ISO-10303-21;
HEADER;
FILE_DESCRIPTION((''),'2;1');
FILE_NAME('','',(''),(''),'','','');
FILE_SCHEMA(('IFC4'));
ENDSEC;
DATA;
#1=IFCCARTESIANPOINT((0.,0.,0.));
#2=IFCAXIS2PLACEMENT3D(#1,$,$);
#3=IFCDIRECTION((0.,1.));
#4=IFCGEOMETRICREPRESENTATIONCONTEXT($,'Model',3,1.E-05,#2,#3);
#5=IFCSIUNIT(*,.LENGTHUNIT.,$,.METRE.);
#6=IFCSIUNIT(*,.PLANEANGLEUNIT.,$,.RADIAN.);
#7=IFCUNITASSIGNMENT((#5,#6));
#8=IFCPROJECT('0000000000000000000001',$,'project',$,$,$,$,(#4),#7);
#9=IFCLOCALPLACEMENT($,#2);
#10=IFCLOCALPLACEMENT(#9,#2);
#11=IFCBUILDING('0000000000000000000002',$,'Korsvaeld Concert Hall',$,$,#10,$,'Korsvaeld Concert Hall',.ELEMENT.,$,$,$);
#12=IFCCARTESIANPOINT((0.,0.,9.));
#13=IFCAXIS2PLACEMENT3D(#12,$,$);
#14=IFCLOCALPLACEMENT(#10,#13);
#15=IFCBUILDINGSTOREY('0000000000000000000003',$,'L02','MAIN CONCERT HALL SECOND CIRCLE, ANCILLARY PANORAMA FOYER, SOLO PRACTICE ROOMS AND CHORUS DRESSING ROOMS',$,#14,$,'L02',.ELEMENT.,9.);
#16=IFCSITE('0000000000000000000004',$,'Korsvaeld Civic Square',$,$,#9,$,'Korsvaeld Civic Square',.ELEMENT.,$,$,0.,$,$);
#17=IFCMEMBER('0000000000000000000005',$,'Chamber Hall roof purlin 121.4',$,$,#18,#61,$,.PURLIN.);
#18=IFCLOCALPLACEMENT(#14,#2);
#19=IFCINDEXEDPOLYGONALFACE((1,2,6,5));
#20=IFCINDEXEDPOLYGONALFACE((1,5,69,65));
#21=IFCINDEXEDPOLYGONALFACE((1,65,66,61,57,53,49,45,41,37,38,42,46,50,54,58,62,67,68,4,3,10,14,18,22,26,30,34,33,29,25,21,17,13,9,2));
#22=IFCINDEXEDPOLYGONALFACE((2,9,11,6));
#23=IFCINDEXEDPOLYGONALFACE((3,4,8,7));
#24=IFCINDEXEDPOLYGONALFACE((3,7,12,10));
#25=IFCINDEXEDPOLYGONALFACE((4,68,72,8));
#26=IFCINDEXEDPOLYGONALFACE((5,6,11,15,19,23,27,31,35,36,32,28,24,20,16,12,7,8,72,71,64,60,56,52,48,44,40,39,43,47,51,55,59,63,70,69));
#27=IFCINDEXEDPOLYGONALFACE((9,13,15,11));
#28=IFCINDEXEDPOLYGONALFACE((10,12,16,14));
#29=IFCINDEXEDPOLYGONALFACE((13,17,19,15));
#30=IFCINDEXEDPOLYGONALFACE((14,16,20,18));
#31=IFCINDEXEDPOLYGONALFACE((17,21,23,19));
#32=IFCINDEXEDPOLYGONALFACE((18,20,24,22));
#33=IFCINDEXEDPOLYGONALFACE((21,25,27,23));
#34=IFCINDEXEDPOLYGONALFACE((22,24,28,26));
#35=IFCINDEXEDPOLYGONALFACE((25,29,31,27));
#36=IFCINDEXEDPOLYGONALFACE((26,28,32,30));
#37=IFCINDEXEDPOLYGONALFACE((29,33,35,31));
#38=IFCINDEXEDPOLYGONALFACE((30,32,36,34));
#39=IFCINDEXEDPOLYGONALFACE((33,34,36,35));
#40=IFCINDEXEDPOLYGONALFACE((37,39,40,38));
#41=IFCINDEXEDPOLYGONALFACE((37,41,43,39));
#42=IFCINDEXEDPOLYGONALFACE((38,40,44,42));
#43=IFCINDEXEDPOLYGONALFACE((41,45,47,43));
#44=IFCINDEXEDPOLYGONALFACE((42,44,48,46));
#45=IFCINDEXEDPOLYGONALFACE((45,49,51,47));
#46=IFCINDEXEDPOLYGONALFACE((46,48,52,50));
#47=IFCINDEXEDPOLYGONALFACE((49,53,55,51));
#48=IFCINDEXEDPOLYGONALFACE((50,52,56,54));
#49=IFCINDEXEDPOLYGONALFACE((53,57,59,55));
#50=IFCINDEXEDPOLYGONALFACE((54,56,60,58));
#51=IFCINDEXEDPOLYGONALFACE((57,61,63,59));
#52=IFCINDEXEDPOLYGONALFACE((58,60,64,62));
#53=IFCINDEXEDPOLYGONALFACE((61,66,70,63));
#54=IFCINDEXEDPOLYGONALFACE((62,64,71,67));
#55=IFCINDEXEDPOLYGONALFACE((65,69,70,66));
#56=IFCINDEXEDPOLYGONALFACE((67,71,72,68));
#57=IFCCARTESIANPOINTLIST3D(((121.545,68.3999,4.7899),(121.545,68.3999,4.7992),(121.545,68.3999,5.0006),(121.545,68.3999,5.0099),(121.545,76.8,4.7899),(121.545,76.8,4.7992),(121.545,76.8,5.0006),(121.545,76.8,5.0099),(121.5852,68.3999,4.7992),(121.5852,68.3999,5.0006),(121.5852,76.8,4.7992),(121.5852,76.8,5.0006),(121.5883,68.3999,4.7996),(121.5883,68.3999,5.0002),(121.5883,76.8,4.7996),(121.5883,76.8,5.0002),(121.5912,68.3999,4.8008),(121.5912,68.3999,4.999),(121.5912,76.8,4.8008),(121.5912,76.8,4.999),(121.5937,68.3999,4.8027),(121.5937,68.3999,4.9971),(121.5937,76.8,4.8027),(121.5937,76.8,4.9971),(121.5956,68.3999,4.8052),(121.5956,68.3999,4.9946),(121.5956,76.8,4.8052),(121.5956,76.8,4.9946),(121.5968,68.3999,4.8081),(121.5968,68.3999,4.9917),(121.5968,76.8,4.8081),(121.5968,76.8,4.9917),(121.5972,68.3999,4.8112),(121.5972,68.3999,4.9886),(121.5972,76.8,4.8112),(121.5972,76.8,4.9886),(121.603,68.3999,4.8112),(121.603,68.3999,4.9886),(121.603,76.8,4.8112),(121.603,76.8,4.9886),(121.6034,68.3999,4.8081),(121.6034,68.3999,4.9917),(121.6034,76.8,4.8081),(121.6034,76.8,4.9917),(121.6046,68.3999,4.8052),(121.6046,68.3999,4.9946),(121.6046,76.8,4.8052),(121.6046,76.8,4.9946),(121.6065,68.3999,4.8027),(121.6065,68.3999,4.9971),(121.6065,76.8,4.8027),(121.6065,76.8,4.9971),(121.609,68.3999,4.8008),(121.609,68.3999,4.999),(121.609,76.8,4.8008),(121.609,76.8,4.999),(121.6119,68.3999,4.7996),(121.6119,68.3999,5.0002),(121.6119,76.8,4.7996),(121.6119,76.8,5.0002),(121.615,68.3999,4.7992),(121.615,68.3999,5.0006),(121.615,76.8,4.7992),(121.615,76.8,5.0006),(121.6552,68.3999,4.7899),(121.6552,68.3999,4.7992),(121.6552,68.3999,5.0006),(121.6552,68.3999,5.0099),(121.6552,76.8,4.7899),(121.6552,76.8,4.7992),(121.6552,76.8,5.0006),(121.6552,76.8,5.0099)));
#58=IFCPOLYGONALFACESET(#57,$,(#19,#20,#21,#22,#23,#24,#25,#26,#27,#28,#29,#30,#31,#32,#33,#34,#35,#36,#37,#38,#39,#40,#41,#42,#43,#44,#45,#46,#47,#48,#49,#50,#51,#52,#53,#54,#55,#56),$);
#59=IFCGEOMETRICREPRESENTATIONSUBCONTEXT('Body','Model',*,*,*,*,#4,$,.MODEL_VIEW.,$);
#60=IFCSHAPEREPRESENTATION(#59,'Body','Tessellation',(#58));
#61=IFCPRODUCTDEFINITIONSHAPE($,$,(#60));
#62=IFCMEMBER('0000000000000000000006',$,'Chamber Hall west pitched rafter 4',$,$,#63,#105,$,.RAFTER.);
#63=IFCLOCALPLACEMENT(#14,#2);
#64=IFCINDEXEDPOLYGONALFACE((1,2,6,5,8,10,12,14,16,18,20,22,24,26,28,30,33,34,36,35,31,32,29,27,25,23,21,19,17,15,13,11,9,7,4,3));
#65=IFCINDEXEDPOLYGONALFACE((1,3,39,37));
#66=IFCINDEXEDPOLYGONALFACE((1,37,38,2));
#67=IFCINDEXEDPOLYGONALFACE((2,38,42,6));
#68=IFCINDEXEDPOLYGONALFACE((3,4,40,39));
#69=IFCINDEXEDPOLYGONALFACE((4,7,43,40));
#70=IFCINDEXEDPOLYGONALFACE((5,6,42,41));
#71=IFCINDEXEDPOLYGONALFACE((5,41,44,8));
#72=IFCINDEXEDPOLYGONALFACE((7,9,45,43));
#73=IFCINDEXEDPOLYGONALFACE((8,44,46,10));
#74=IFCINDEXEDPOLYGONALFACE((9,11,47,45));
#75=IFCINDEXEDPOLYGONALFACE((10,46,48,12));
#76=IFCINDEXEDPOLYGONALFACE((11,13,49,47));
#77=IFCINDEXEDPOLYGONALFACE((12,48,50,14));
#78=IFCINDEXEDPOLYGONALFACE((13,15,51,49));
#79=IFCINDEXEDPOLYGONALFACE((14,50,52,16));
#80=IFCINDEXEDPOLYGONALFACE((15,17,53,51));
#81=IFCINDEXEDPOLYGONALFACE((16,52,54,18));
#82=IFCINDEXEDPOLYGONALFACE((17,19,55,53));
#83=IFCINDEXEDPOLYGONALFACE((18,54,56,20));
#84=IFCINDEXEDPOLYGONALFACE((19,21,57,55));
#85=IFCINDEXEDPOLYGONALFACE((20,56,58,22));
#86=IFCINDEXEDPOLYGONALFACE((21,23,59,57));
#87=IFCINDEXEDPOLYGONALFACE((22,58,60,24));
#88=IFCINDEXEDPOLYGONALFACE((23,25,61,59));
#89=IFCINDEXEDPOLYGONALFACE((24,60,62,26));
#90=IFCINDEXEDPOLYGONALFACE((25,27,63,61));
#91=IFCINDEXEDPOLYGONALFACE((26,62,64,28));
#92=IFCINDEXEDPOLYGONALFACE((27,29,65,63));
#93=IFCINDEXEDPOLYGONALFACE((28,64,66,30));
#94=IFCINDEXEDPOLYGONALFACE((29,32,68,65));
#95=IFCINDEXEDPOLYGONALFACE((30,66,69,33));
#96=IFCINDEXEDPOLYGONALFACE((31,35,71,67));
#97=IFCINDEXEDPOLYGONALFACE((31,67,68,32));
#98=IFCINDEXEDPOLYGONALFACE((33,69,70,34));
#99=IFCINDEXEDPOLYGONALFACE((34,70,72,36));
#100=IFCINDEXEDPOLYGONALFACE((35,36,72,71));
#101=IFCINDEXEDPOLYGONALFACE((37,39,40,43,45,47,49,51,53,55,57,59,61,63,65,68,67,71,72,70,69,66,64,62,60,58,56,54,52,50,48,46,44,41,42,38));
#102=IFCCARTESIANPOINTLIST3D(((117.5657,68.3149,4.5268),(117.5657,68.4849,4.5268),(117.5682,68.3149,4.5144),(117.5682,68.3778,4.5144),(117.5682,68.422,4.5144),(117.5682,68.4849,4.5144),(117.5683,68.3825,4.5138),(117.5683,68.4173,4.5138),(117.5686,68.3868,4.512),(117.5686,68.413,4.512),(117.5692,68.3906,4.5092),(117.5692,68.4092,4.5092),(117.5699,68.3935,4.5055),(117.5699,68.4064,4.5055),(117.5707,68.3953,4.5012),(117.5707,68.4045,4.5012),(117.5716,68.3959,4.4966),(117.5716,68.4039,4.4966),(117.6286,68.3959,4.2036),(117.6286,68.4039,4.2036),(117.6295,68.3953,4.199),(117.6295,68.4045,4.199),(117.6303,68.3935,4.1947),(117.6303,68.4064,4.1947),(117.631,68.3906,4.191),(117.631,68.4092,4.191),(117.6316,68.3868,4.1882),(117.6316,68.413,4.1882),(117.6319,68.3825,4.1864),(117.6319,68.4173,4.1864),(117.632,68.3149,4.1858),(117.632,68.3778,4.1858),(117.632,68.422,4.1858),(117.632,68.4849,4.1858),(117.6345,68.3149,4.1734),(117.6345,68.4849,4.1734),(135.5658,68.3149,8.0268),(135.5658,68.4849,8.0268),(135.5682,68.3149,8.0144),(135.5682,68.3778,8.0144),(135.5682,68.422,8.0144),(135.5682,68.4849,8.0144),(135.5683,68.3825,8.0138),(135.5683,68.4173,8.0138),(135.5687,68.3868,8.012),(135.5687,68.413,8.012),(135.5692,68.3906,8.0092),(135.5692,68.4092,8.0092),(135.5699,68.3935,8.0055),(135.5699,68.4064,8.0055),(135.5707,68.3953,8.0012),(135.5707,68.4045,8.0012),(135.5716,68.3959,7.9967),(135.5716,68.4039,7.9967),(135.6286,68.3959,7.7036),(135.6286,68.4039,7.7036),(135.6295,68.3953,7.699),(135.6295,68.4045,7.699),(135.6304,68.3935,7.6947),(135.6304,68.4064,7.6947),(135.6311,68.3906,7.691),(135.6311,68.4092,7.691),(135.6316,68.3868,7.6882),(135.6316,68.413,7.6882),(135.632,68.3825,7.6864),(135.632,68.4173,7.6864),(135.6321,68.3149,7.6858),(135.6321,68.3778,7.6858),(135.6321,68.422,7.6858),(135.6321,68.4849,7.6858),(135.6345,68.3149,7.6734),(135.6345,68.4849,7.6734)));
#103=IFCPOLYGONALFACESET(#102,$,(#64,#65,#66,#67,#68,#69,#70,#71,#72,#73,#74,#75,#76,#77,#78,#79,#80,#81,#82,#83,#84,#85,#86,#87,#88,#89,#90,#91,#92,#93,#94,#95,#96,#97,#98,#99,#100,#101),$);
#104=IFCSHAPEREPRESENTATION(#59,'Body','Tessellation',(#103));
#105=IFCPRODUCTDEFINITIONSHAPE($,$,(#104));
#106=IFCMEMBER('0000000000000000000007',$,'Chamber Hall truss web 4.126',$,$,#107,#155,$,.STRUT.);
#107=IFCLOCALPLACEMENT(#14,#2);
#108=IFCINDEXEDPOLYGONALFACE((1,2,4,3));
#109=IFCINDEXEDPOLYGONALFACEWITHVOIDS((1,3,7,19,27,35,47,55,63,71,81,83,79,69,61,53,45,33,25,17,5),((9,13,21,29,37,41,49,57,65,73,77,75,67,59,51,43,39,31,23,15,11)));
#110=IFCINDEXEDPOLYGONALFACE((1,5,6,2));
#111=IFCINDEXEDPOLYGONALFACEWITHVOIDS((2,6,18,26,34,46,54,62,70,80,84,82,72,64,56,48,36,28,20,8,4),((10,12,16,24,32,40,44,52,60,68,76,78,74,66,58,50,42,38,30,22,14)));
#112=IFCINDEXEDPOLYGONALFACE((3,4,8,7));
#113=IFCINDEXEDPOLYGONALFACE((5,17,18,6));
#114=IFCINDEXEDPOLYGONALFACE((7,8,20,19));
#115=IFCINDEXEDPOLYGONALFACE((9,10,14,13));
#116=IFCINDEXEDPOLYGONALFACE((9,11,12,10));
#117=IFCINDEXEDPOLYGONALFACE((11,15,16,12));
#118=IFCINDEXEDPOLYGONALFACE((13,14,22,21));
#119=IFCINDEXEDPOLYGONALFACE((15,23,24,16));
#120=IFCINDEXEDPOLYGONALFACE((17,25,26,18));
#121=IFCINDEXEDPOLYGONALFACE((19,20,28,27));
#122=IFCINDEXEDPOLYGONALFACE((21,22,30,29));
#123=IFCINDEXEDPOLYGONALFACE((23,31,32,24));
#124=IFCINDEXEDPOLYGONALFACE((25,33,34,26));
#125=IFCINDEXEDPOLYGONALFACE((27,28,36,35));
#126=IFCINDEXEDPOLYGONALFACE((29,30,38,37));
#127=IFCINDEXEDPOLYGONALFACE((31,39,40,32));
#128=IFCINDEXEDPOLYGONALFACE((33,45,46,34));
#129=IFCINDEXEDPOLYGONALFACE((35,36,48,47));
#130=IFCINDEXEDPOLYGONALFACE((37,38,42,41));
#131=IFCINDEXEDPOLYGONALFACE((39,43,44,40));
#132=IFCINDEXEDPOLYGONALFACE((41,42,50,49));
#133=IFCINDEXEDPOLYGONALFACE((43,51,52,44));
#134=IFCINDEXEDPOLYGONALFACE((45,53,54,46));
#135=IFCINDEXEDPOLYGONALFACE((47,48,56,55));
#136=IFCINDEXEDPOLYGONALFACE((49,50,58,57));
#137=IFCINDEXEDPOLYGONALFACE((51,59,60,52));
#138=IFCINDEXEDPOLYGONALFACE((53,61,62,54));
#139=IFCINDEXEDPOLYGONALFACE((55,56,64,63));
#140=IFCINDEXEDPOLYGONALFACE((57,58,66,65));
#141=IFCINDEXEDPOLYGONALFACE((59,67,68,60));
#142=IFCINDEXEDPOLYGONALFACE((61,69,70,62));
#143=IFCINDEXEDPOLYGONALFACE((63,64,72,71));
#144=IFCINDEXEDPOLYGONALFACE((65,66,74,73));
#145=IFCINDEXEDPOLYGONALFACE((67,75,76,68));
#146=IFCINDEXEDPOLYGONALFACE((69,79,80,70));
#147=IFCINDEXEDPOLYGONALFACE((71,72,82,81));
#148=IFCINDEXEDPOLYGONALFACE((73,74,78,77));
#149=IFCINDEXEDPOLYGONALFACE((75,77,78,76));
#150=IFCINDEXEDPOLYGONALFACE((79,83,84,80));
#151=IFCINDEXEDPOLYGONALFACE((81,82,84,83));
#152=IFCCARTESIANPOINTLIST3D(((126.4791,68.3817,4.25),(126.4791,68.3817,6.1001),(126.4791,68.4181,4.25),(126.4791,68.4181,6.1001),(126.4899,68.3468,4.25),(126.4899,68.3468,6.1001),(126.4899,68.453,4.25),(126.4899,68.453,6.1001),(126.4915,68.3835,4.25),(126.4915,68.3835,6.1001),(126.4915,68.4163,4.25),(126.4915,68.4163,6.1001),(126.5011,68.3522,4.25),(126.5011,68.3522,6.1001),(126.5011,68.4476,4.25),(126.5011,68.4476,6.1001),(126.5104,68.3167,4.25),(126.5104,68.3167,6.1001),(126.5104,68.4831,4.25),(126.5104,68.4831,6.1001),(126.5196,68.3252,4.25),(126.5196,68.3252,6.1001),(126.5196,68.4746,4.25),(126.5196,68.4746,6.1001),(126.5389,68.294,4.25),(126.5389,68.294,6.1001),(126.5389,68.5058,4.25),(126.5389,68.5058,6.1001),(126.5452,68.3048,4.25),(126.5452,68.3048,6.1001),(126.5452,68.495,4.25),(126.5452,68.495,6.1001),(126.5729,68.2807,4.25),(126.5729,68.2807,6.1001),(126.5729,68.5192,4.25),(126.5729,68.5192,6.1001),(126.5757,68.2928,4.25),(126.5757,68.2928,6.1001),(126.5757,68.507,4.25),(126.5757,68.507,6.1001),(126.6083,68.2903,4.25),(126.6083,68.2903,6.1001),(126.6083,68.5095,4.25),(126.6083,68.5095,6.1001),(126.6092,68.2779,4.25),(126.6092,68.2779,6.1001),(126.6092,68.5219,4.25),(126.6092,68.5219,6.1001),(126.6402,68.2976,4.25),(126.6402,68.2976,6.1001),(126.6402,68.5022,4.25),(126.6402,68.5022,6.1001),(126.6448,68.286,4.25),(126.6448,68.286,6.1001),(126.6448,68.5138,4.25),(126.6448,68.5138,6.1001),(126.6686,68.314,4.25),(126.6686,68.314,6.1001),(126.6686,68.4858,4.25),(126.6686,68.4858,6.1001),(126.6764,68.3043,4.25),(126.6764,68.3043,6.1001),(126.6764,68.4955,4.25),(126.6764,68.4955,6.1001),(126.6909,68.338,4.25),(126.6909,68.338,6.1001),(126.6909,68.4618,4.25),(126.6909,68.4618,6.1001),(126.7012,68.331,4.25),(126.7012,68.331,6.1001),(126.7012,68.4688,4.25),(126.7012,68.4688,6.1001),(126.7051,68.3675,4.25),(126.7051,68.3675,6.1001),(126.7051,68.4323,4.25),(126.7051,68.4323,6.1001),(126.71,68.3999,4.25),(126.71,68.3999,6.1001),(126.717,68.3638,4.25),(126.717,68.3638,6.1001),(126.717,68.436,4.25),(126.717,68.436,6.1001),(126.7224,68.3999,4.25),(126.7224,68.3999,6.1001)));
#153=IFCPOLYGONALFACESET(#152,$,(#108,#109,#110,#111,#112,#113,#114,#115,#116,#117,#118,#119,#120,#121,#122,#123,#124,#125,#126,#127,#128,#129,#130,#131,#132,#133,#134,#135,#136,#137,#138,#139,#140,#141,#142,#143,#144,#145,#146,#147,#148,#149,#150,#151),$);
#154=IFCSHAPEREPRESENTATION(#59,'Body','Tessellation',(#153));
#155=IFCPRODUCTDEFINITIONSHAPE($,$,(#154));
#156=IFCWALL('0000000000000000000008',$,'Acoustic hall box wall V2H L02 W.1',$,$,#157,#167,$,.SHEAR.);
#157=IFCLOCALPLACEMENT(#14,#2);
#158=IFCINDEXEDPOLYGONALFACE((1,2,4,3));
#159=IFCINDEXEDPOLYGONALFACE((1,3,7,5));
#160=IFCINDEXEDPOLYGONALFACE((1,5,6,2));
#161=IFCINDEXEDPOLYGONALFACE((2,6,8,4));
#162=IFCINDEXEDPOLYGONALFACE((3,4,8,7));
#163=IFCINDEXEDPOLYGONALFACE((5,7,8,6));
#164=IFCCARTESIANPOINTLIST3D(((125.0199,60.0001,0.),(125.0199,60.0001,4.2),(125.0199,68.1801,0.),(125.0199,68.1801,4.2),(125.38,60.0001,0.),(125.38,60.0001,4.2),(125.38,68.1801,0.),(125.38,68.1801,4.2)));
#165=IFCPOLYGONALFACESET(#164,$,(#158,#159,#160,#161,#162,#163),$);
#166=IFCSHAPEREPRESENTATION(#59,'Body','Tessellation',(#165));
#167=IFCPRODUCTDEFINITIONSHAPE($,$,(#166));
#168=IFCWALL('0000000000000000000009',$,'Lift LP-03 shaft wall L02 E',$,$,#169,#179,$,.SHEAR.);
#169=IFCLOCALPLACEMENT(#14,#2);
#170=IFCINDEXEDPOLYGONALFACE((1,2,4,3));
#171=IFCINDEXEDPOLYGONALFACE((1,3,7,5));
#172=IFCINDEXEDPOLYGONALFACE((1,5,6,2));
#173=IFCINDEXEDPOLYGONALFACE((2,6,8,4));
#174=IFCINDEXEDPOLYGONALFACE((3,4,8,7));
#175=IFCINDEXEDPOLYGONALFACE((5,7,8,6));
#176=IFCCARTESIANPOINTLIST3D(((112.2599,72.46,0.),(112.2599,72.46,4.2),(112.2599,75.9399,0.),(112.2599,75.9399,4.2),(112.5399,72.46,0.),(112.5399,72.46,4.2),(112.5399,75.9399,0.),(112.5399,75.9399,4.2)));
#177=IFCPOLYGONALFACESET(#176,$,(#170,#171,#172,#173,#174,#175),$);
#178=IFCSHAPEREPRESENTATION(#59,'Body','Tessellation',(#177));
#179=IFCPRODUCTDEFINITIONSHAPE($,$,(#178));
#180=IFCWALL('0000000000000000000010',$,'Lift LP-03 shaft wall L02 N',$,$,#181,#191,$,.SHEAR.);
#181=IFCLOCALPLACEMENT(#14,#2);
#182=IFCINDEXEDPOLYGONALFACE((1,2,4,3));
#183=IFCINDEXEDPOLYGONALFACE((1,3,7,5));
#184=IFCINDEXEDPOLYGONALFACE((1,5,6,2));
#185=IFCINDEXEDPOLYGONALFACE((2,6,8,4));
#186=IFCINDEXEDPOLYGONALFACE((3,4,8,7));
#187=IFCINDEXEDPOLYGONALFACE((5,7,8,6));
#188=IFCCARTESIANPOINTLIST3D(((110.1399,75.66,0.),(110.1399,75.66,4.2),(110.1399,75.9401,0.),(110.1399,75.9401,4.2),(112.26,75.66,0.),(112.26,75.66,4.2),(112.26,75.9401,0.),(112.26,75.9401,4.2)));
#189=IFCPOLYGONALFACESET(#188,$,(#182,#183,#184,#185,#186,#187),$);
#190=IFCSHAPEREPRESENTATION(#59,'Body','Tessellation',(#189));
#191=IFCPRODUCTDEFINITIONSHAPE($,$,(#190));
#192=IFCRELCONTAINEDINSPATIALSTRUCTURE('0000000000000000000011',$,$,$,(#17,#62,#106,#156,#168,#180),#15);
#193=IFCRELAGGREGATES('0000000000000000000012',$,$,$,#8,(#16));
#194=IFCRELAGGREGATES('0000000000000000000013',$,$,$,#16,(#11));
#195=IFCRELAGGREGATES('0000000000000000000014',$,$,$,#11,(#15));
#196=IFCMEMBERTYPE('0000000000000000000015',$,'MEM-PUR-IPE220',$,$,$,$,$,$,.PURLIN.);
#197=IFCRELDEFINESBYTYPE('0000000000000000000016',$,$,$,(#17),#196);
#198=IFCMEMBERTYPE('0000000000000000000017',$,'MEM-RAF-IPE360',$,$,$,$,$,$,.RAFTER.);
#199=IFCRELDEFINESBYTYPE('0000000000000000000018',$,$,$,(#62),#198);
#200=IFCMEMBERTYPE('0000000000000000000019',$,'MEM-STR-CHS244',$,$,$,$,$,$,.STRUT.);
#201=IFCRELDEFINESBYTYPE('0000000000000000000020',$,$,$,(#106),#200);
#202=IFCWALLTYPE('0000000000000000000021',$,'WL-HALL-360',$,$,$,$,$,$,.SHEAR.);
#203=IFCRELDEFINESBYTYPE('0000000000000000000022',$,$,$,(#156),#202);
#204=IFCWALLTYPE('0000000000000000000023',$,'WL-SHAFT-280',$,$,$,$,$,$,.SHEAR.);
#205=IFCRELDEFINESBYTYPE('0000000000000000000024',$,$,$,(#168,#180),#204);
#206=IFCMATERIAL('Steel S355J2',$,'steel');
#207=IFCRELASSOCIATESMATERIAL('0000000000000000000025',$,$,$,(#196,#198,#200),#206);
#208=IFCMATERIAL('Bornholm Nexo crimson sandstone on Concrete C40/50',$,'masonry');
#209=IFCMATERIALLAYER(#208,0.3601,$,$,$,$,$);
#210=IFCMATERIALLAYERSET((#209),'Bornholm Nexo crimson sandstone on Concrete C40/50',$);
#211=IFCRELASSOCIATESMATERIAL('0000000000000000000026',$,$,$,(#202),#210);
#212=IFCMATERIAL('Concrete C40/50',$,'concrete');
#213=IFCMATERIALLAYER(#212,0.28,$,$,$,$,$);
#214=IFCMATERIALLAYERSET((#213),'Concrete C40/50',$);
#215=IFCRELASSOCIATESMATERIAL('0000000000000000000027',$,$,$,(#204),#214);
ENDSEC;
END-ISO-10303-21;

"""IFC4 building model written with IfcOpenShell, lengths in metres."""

from ifc_helpers import new_model, si_unit, direction, frame, frame_2d, origin, origin_2d, place, context, subcontext, project, spatial, rectangle, hollow_circle, i_section, extrude, material, layer, layer_set, material_profile, profile_set, type_object, element, save


model = new_model("IFC4")

# Units and contexts
model_context = context("Model", 3, precision=1e-05, world=origin(), true_north=direction((0.0, 1.0)))
body_context = subcontext(model_context, "Body", "Model", "MODEL_VIEW")
ifc_project = project(units=[si_unit("LENGTHUNIT", "METRE"), si_unit("PLANEANGLEUNIT", "RADIAN")], contexts=[model_context])

# Site, building, storey
site_placement = place(None, origin())
site = spatial("IfcSite", under=ifc_project, at=site_placement, Name="Korsvaeld Civic Square", LongName="Korsvaeld Civic Square", CompositionType="ELEMENT", RefElevation=0.0)
building_placement = place(site_placement, origin())
building = spatial("IfcBuilding", under=site, at=building_placement, Name="Korsvaeld Concert Hall", LongName="Korsvaeld Concert Hall", CompositionType="ELEMENT")
storey_placement = place(building_placement, frame((0.0, 0.0, 9.0)))
storey = spatial("IfcBuildingStorey", under=building, at=storey_placement, Name="L02", Description="MAIN CONCERT HALL SECOND CIRCLE, ANCILLARY PANORAMA FOYER, SOLO PRACTICE ROOMS AND CHORUS DRESSING ROOMS", LongName="L02", CompositionType="ELEMENT", Elevation=9.0)

# Shared definitions
ifc_material_1 = material(Name="Concrete C40/50", Category="concrete")

# Shared definitions
ifc_material_2 = material(Name="Steel S355J2", Category="steel")

# Members
ifc_material_profile_1 = material_profile(ifc_material_2, i_section(OverallWidth=0.1101, OverallDepth=0.22, WebThickness=0.0059, FlangeThickness=0.0093, FilletRadius=0.012, at=origin_2d()), Name="IPE 220")
ifc_profile_set_1 = profile_set([ifc_material_profile_1], Name="Steel S355J2")
member_type_1 = type_object("IfcMemberType", Name="MEM-PUR-IPE220", PredefinedType="PURLIN", material=ifc_profile_set_1)
member_1_placement = place(storey_placement, frame((121.6001, 68.3999, 4.8999), z_axis=(0.0, 1.0, 0.0), x_axis=(-1.0, 0.0, 0.0)))
element("IfcMember", 1, at=member_1_placement, inside=storey, type_object=member_type_1, Name="Chamber Hall roof purlin 121.4", PredefinedType="PURLIN", context=body_context, shape_type="SweptSolid", body=[
    extrude(i_section(OverallWidth=0.1101, OverallDepth=0.22, WebThickness=0.0059, FlangeThickness=0.0093, FilletRadius=0.012, at=origin_2d()), origin(), (0.0, 0.0, 1.0), 8.4001),
])
ifc_material_profile_2 = material_profile(ifc_material_2, i_section(OverallWidth=0.1699, OverallDepth=0.3601, WebThickness=0.0081, FlangeThickness=0.0127, FilletRadius=0.0181, at=origin_2d()), Name="IPE 360")
ifc_profile_set_2 = profile_set([ifc_material_profile_2], Name="Steel S355J2")
member_type_2 = type_object("IfcMemberType", Name="MEM-RAF-IPE360", PredefinedType="RAFTER", material=ifc_profile_set_2)
member_2_placement = place(storey_placement, frame((117.6001, 68.3999, 4.3501), z_axis=(0.981615, 0.0, 0.19087), x_axis=(0.0, 1.0, 0.0)))
element("IfcMember", 2, at=member_2_placement, inside=storey, type_object=member_type_2, Name="Chamber Hall west pitched rafter 4", PredefinedType="RAFTER", context=body_context, shape_type="SweptSolid", body=[
    extrude(i_section(OverallWidth=0.1699, OverallDepth=0.3601, WebThickness=0.0081, FlangeThickness=0.0127, FilletRadius=0.0181, at=origin_2d()), origin(), (0.0, 0.0, 1.0), 18.3372),
])
ifc_material_profile_3 = material_profile(ifc_material_2, hollow_circle(Radius=0.1223, WallThickness=0.0125, at=origin_2d()), Name="CHS 244.5x12.5")
ifc_profile_set_3 = profile_set([ifc_material_profile_3], Name="Steel S355J2")
member_type_3 = type_object("IfcMemberType", Name="MEM-STR-CHS244", PredefinedType="STRUT", material=ifc_profile_set_3)
member_3_placement = place(storey_placement, frame((126.6001, 68.3999, 4.25), z_axis=(0.0, 0.0, 1.0), x_axis=(1.0, 0.0, 0.0)))
element("IfcMember", 3, at=member_3_placement, inside=storey, type_object=member_type_3, Name="Chamber Hall truss web 4.126", PredefinedType="STRUT", context=body_context, shape_type="SweptSolid", body=[
    extrude(hollow_circle(Radius=0.1223, WallThickness=0.0125, at=origin_2d()), origin(), (0.0, 0.0, 1.0), 1.8501),
])

# Wall
ifc_material_3 = material(Name="Bornholm Nexo crimson sandstone on Concrete C40/50", Category="masonry")
ifc_layer_1 = layer(ifc_material_3, 0.3601)
ifc_layer_set_1 = layer_set([ifc_layer_1], Name="Bornholm Nexo crimson sandstone on Concrete C40/50")
wall_type_1 = type_object("IfcWallType", Name="WL-HALL-360", PredefinedType="SHEAR", material=ifc_layer_set_1)
wall_1_placement = place(storey_placement, frame((125.2, 68.1799, 0.0), z_axis=(0.0, 0.0, 1.0), x_axis=(0.0, -1.0, 0.0)))
element("IfcWall", 4, at=wall_1_placement, inside=storey, type_object=wall_type_1, Name="Acoustic hall box wall V2H L02 W.1", PredefinedType="SHEAR", context=body_context, shape_type="SweptSolid", body=[
    extrude(rectangle(XDim=8.1799, YDim=0.3601, at=frame_2d((4.0898, 0.0))), origin(), (0.0, 0.0, 1.0), 4.2),
])

# Shared definitions
ifc_layer_2 = layer(ifc_material_1, 0.28)
ifc_layer_set_2 = layer_set([ifc_layer_2], Name="Concrete C40/50")
wall_type_2 = type_object("IfcWallType", Name="WL-SHAFT-280", PredefinedType="SHEAR", material=ifc_layer_set_2)

# Walls
wall_2_placement = place(storey_placement, frame((112.3999, 72.46, 0.0), z_axis=(0.0, 0.0, 1.0), x_axis=(0.0, 1.0, 0.0)))
element("IfcWall", 5, at=wall_2_placement, inside=storey, type_object=wall_type_2, Name="Lift LP-03 shaft wall L02 E", PredefinedType="SHEAR", context=body_context, shape_type="SweptSolid", body=[
    extrude(rectangle(XDim=3.48, YDim=0.28, at=frame_2d((1.74, 0.0))), origin(), (0.0, 0.0, 1.0), 4.2),
])
wall_3_placement = place(storey_placement, frame((112.26, 75.8, 0.0), z_axis=(0.0, 0.0, 1.0), x_axis=(-1.0, 0.0, 0.0)))
element("IfcWall", 6, at=wall_3_placement, inside=storey, type_object=wall_type_2, Name="Lift LP-03 shaft wall L02 N", PredefinedType="SHEAR", context=body_context, shape_type="SweptSolid", body=[
    extrude(rectangle(XDim=2.1201, YDim=0.28, at=frame_2d((1.0601, 0.0))), origin(), (0.0, 0.0, 1.0), 4.2),
])

save(model, "model.ifc")
